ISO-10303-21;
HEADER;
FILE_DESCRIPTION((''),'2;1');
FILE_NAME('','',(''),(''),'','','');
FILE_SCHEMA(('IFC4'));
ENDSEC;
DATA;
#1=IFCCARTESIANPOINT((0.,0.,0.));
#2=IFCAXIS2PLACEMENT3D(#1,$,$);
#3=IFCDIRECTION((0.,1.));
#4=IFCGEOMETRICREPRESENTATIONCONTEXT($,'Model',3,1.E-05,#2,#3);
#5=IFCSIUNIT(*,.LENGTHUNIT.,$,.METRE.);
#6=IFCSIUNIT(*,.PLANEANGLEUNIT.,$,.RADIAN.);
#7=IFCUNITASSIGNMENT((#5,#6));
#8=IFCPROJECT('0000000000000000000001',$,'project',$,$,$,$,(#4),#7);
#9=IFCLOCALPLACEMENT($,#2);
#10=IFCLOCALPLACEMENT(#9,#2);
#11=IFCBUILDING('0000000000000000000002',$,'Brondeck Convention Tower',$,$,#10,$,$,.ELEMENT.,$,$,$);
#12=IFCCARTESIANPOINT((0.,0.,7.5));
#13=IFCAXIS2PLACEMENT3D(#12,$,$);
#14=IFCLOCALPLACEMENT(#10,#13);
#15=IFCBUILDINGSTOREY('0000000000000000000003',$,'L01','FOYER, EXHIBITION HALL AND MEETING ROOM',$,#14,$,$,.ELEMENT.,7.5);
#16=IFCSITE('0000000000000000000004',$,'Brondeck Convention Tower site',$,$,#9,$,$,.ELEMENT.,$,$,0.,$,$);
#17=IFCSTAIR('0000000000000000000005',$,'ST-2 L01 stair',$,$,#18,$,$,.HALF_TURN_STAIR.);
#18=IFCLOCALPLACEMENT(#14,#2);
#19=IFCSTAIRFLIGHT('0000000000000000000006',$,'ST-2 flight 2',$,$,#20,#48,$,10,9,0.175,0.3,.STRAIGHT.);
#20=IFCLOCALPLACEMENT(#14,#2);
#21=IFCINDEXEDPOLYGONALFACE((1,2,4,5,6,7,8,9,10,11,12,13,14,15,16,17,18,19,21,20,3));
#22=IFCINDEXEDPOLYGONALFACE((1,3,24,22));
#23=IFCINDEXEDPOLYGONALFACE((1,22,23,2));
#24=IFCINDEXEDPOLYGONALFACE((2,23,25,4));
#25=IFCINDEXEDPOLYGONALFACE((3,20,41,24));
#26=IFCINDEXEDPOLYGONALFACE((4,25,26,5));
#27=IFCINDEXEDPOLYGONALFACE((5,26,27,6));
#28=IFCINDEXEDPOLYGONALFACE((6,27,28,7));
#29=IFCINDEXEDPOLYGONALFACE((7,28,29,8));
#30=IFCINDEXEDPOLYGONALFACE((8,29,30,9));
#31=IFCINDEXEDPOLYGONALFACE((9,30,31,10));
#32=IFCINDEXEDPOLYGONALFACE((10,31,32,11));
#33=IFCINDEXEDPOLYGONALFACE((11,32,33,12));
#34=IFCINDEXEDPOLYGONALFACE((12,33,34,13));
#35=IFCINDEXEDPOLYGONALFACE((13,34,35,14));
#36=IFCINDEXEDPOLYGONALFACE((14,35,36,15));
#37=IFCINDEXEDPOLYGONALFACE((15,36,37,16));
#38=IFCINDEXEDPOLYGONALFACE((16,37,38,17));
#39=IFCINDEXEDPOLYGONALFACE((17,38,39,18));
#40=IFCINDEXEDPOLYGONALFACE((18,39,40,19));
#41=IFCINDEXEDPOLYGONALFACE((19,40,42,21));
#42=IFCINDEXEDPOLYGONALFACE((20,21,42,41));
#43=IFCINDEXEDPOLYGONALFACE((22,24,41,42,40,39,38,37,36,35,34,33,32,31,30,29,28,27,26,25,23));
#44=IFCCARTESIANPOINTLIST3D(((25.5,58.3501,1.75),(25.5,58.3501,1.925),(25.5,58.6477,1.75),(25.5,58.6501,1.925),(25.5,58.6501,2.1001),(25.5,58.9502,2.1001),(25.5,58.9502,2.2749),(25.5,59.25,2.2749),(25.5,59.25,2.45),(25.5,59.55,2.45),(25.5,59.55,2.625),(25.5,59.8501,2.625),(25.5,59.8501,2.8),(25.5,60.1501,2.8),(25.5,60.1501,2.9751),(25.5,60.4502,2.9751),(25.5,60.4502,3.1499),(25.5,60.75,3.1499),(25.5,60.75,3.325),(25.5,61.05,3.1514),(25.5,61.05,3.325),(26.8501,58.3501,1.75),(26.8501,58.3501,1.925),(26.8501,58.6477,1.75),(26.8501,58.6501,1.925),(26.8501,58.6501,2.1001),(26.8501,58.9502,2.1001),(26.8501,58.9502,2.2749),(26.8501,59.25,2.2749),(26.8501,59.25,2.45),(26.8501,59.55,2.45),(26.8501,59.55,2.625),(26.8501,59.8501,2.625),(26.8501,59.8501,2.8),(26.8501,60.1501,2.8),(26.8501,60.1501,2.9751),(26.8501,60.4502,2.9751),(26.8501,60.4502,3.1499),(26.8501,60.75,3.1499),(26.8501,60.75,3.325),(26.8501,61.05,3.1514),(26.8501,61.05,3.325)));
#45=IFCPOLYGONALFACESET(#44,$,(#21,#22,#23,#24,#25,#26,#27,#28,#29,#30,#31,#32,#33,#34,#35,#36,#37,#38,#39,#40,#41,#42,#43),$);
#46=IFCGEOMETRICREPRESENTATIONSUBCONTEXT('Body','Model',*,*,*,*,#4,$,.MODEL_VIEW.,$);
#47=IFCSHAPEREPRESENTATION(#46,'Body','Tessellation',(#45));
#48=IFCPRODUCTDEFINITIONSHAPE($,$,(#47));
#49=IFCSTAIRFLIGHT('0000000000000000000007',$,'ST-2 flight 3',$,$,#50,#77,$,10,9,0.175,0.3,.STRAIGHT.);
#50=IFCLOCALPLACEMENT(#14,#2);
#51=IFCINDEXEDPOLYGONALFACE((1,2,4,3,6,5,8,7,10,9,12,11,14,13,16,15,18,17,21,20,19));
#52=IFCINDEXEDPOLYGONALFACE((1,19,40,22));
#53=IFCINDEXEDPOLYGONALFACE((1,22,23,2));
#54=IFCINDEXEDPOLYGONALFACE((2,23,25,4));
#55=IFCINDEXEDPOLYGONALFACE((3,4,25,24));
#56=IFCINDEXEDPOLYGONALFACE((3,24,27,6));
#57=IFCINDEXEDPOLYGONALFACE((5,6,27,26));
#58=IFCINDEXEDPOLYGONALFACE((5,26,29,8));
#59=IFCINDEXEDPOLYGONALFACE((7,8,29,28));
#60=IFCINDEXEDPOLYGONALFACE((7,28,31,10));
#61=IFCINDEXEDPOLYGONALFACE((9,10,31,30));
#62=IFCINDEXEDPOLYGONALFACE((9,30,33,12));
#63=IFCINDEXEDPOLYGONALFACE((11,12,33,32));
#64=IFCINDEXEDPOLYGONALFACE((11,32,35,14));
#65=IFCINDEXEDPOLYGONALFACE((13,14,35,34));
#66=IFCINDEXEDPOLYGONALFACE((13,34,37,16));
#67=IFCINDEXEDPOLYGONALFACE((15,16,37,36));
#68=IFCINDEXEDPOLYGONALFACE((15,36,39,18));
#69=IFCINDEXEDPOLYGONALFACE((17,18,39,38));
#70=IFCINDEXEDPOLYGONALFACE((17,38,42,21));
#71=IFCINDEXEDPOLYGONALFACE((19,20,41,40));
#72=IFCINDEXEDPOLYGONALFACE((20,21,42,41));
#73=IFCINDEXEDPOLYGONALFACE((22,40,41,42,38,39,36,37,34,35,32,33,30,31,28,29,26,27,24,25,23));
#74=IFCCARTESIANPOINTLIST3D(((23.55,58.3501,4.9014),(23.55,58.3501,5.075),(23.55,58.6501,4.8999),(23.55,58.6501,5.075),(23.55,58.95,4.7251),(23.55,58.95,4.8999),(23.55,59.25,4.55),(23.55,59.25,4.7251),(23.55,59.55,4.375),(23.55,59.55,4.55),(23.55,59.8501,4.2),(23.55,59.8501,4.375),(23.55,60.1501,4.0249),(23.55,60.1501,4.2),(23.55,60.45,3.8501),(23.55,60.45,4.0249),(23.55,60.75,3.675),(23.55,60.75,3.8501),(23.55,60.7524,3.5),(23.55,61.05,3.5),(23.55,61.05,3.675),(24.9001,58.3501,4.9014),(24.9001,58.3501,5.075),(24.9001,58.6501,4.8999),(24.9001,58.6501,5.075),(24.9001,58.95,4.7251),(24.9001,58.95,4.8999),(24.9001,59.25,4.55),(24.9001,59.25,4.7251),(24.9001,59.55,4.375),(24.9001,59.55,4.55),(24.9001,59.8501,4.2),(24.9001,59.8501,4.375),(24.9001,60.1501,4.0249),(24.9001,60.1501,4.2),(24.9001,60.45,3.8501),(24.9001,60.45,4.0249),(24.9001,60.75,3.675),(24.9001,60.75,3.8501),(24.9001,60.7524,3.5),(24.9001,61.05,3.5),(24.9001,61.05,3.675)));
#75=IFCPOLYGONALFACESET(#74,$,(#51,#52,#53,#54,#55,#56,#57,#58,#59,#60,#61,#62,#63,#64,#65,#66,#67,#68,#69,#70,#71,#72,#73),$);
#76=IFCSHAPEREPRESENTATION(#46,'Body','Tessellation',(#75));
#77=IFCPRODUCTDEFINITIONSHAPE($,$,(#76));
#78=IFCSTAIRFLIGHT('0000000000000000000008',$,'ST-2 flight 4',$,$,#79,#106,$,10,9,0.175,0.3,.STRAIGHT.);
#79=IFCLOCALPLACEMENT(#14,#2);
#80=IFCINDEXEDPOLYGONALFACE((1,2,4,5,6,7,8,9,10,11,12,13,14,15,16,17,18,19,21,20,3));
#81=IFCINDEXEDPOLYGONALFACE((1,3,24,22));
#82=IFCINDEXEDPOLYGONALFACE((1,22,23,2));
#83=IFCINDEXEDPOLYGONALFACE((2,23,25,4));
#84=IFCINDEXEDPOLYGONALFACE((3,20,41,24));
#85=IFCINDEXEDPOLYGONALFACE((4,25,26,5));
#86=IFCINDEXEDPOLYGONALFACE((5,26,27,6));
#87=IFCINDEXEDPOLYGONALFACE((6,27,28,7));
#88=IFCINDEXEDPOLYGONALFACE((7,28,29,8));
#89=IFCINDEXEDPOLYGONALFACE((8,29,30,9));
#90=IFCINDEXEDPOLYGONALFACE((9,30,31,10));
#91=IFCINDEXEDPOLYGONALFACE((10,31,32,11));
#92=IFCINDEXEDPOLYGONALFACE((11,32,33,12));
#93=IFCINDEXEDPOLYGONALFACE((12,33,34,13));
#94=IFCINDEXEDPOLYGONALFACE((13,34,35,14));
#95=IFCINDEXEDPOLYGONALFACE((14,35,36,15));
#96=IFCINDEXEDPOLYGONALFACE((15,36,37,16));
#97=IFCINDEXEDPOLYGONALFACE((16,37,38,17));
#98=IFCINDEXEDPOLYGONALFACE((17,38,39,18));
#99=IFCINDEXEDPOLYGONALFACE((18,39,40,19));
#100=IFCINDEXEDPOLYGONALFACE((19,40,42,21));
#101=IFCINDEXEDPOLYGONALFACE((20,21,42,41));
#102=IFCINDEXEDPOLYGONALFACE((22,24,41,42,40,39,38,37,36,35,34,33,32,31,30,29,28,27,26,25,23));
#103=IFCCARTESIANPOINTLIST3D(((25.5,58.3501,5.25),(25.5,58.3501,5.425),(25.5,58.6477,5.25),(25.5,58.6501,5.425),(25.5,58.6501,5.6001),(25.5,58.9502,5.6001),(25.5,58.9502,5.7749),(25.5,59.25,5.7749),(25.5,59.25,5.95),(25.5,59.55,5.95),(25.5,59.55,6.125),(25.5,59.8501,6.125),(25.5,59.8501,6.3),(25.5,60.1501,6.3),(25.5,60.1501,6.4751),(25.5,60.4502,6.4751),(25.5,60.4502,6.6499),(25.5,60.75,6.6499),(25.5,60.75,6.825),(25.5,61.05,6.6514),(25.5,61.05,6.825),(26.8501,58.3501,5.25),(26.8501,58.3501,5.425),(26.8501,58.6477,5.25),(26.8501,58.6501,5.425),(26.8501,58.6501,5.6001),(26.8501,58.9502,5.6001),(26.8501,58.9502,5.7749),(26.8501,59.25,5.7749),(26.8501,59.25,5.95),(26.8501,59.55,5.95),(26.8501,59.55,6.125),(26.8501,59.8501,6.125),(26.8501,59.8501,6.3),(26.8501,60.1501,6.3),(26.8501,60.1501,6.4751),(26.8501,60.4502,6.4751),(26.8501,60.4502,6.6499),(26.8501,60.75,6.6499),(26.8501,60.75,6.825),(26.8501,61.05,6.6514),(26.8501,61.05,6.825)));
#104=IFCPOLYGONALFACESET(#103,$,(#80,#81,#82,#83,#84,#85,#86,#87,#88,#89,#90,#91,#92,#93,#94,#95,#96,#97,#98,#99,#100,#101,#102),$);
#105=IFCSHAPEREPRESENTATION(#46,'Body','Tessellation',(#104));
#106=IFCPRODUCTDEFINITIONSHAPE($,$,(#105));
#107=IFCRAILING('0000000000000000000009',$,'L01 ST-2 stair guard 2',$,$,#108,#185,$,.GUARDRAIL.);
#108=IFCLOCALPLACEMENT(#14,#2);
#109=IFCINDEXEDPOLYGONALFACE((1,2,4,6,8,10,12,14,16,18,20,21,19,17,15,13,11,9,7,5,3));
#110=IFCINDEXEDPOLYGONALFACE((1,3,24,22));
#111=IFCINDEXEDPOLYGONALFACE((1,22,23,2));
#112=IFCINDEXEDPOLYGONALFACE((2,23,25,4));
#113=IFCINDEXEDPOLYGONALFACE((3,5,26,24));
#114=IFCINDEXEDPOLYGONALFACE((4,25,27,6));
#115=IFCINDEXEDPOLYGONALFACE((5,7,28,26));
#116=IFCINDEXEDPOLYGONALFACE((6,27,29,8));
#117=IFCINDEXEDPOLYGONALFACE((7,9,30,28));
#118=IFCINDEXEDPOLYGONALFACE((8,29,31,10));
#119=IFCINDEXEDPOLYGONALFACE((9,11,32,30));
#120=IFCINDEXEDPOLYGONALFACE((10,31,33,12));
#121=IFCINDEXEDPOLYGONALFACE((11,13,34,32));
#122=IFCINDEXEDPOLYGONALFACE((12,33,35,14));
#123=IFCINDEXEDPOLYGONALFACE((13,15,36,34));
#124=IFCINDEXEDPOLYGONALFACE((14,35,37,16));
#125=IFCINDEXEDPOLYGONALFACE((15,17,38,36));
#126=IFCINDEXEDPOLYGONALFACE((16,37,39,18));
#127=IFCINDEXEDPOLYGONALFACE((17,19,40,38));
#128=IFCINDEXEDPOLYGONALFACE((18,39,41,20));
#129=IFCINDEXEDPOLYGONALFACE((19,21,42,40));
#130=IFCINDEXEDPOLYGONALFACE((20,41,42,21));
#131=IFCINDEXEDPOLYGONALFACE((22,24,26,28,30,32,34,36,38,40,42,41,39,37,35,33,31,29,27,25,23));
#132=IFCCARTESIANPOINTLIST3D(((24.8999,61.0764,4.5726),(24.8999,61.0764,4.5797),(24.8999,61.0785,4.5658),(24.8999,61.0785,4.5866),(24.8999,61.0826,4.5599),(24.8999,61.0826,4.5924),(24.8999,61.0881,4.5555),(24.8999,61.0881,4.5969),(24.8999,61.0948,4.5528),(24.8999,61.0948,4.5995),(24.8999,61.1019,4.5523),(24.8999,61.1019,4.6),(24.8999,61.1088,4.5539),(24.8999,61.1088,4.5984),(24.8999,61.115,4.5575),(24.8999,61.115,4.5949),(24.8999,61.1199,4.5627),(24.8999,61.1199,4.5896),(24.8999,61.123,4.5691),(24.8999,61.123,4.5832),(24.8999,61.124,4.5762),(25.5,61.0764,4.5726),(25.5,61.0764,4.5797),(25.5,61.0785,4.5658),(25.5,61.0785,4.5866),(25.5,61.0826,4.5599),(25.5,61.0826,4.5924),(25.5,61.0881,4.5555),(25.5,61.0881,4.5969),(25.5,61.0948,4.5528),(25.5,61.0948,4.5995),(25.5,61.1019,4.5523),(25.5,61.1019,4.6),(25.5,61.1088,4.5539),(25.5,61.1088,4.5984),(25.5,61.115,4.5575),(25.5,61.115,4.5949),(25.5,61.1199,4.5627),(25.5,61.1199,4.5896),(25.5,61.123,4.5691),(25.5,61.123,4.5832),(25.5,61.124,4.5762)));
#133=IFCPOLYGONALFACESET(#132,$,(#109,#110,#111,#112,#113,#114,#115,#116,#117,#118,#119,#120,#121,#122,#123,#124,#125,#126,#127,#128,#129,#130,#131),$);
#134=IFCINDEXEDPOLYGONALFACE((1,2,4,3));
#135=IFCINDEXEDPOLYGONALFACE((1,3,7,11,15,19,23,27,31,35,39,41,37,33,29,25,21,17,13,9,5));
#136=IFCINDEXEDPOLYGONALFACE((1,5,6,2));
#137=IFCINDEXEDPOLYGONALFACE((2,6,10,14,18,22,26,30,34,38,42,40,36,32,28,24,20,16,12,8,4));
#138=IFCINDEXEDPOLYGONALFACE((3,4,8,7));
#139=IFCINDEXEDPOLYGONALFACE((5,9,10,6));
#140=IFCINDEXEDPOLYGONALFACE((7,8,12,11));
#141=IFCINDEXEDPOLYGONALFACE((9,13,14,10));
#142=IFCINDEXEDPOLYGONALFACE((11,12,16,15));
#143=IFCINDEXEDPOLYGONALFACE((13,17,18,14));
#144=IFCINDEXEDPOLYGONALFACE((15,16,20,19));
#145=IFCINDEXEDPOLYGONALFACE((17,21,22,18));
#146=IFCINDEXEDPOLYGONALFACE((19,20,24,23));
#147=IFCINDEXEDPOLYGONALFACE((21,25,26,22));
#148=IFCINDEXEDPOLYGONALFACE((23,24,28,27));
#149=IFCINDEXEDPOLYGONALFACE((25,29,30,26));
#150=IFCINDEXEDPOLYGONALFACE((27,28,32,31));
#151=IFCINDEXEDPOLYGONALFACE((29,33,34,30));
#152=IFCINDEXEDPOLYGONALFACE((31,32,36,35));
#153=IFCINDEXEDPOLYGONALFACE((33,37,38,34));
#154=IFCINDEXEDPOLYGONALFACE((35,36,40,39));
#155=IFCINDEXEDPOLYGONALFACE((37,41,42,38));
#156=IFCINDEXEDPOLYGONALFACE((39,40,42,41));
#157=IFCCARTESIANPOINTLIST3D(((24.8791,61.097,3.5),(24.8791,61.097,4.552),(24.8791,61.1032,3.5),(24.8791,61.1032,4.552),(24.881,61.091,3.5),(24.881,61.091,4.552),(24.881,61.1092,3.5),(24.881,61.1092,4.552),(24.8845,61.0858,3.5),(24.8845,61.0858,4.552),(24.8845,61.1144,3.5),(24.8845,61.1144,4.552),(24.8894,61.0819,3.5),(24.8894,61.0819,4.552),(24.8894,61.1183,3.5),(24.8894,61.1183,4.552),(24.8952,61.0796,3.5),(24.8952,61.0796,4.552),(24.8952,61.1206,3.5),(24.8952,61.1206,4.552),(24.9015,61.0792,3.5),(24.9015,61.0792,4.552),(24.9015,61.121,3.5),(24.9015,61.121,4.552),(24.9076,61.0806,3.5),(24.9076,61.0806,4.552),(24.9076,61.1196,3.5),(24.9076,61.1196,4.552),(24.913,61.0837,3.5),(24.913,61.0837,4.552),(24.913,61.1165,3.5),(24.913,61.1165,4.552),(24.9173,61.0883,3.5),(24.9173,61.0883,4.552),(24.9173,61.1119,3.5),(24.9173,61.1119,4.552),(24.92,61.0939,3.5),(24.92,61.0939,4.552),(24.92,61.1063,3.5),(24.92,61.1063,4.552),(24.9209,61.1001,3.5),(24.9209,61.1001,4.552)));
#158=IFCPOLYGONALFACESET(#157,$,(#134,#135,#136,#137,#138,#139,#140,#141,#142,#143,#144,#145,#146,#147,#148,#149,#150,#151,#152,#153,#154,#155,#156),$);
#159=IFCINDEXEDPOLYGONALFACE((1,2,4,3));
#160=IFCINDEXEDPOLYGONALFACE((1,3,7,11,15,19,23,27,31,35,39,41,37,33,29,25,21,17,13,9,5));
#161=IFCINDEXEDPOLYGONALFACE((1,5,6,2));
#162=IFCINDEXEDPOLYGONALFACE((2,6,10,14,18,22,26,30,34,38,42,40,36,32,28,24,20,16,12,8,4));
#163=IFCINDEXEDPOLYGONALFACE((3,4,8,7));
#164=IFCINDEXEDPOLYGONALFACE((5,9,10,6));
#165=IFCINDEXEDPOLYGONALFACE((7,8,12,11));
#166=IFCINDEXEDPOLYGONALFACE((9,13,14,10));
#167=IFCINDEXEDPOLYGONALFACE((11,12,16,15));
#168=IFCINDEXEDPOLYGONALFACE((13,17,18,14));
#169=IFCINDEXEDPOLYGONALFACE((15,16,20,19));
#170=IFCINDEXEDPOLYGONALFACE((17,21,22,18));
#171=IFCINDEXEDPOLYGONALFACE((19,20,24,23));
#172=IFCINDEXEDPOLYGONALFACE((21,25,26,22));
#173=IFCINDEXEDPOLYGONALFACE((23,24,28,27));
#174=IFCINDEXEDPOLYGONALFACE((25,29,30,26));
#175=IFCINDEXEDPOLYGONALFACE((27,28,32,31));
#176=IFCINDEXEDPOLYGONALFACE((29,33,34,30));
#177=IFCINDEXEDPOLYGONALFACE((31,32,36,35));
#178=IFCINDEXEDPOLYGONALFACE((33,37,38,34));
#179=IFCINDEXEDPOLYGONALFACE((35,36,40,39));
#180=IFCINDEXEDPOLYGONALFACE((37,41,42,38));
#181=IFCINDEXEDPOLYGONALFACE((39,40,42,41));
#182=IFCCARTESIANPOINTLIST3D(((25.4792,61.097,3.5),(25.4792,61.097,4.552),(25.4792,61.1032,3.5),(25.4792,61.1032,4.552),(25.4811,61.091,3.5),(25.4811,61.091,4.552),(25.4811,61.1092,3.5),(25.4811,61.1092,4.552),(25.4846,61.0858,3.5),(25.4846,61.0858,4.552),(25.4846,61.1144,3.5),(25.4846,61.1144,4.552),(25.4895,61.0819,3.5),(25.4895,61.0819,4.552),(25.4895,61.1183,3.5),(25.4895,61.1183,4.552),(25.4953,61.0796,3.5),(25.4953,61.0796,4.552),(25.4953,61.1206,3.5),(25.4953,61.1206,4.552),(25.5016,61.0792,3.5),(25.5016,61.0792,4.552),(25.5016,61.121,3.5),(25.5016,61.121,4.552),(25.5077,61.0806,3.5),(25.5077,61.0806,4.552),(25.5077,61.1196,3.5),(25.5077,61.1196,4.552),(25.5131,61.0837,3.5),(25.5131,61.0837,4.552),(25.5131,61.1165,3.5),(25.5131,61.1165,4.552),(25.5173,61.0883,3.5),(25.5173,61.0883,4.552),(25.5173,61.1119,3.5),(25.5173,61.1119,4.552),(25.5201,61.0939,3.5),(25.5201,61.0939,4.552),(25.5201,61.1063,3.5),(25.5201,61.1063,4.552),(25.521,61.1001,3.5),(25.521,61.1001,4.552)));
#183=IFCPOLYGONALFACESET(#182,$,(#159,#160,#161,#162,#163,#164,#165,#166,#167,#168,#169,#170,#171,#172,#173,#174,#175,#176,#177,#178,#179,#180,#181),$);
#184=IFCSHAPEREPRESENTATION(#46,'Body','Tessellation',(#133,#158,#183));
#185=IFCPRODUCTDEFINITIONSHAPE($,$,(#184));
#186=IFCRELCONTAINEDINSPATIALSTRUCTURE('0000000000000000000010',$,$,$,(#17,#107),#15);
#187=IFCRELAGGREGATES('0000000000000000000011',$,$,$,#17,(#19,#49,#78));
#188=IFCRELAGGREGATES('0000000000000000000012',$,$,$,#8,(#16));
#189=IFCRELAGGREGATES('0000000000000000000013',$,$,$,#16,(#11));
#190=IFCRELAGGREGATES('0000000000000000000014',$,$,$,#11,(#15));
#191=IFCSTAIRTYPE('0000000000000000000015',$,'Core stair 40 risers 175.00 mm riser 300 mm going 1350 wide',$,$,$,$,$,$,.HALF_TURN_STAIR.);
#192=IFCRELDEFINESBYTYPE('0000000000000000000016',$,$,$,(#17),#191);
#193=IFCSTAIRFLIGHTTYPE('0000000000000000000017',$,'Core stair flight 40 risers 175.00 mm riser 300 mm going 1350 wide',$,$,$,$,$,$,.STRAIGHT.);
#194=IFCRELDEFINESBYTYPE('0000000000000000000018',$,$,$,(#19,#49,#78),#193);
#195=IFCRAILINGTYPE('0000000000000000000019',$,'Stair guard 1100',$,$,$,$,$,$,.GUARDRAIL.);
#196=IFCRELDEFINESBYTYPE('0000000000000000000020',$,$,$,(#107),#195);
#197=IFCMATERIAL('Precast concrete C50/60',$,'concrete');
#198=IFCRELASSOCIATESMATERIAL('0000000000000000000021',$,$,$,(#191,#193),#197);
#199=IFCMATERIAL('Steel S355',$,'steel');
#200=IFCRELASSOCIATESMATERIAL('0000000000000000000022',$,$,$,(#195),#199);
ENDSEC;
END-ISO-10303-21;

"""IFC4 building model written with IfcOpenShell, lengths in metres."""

from ifc_helpers import new_model, si_unit, direction, frame, origin, origin_2d, place, context, subcontext, project, spatial, polyline, circle, outline, extrude, material, type_object, element, aggregate, save


model = new_model("IFC4")

# Units and contexts
model_context = context("Model", 3, precision=1e-05, world=origin(), true_north=direction((0.0, 1.0)))
body_context = subcontext(model_context, "Body", "Model", "MODEL_VIEW")
ifc_project = project(units=[si_unit("LENGTHUNIT", "METRE"), si_unit("PLANEANGLEUNIT", "RADIAN")], contexts=[model_context])

# Site, building, storey
site_placement = place(None, origin())
site = spatial("IfcSite", under=ifc_project, at=site_placement, Name="Brondeck Convention Tower site", CompositionType="ELEMENT", RefElevation=0.0)
building_placement = place(site_placement, origin())
building = spatial("IfcBuilding", under=site, at=building_placement, Name="Brondeck Convention Tower", CompositionType="ELEMENT")
storey_placement = place(building_placement, frame((0.0, 0.0, 7.5)))
storey = spatial("IfcBuildingStorey", under=building, at=storey_placement, Name="L01", Description="FOYER, EXHIBITION HALL AND MEETING ROOM", CompositionType="ELEMENT", Elevation=7.5)

# Shared definitions
ifc_material_1 = material(Name="Steel S355", Category="steel")

# Stair, stair flights
ifc_material_2 = material(Name="Precast concrete C50/60", Category="concrete")
stair_type = type_object("IfcStairType", Name="Core stair 40 risers 175.00 mm riser 300 mm going 1350 wide", PredefinedType="HALF_TURN_STAIR", material=ifc_material_2)
stair_placement = place(storey_placement, origin())
stair = element("IfcStair", 1, at=stair_placement, inside=storey, type_object=stair_type, Name="ST-2 L01 stair", PredefinedType="HALF_TURN_STAIR")
stair_flight_type = type_object("IfcStairFlightType", Name="Core stair flight 40 risers 175.00 mm riser 300 mm going 1350 wide", PredefinedType="STRAIGHT", material=ifc_material_2)
stair_flight_1_placement = place(storey_placement, frame((26.175, 58.3501, 1.75), z_axis=(0.0, 0.0, 1.0), x_axis=(0.0, 1.0, 0.0)))
stair_flight_1 = element("IfcStairFlight", 2, at=stair_flight_1_placement, type_object=stair_flight_type, Name="ST-2 flight 2", NumberOfRisers=10, NumberOfTreads=9, PredefinedType="STRAIGHT", RiserHeight=0.175, TreadLength=0.3, context=body_context, shape_type="SweptSolid", body=[
    extrude(outline(polyline([(0.0, 0.0), (0.0, 0.175), (0.3, 0.175), (0.3, 0.3501), (0.6001, 0.3501), (0.6001, 0.5249), (0.8999, 0.5249), (0.8999, 0.7), (1.2, 0.7), (1.2, 0.875), (1.5, 0.875), (1.5, 1.05), (1.8, 1.05), (1.8, 1.2251), (2.1001, 1.2251), (2.1001, 1.3999), (2.3999, 1.3999), (2.3999, 1.575), (2.7, 1.575), (2.7, 1.75), (2.7, 1.4014), (0.2976, 0.0), (0.0, 0.0)])), frame((0.0, 0.675, 0.0), z_axis=(0.0, -1.0, 0.0), x_axis=(1.0, 0.0, 0.0)), (0.0, 0.0, 1.0), 1.3501),
])
stair_flight_2_placement = place(storey_placement, frame((24.2251, 61.05, 3.5), z_axis=(0.0, 0.0, 1.0), x_axis=(0.0, -1.0, 0.0)))
stair_flight_2 = element("IfcStairFlight", 3, at=stair_flight_2_placement, type_object=stair_flight_type, Name="ST-2 flight 3", NumberOfRisers=10, NumberOfTreads=9, PredefinedType="STRAIGHT", RiserHeight=0.175, TreadLength=0.3, context=body_context, shape_type="SweptSolid", body=[
    extrude(outline(polyline([(0.0, 0.0), (0.0, 0.175), (0.3, 0.175), (0.3, 0.3501), (0.6001, 0.3501), (0.6001, 0.5249), (0.8999, 0.5249), (0.8999, 0.7), (1.2, 0.7), (1.2, 0.875), (1.5, 0.875), (1.5, 1.05), (1.8, 1.05), (1.8, 1.2251), (2.1001, 1.2251), (2.1001, 1.3999), (2.3999, 1.3999), (2.3999, 1.575), (2.7, 1.575), (2.7, 1.75), (2.7, 1.4014), (0.2976, 0.0), (0.0, 0.0)])), frame((0.0, 0.675, 0.0), z_axis=(0.0, -1.0, 0.0), x_axis=(1.0, 0.0, 0.0)), (0.0, 0.0, 1.0), 1.3501),
])
stair_flight_3_placement = place(storey_placement, frame((26.175, 58.3501, 5.25), z_axis=(0.0, 0.0, 1.0), x_axis=(0.0, 1.0, 0.0)))
stair_flight_3 = element("IfcStairFlight", 4, at=stair_flight_3_placement, type_object=stair_flight_type, Name="ST-2 flight 4", NumberOfRisers=10, NumberOfTreads=9, PredefinedType="STRAIGHT", RiserHeight=0.175, TreadLength=0.3, context=body_context, shape_type="SweptSolid", body=[
    extrude(outline(polyline([(0.0, 0.0), (0.0, 0.175), (0.3, 0.175), (0.3, 0.3501), (0.6001, 0.3501), (0.6001, 0.5249), (0.8999, 0.5249), (0.8999, 0.7), (1.2, 0.7), (1.2, 0.875), (1.5, 0.875), (1.5, 1.05), (1.8, 1.05), (1.8, 1.2251), (2.1001, 1.2251), (2.1001, 1.3999), (2.3999, 1.3999), (2.3999, 1.575), (2.7, 1.575), (2.7, 1.75), (2.7, 1.4014), (0.2976, 0.0), (0.0, 0.0)])), frame((0.0, 0.675, 0.0), z_axis=(0.0, -1.0, 0.0), x_axis=(1.0, 0.0, 0.0)), (0.0, 0.0, 1.0), 1.3501),
])
aggregate(stair, [stair_flight_1, stair_flight_2, stair_flight_3])

# Railing
railing_type_1 = type_object("IfcRailingType", Name="Stair guard 1100", PredefinedType="GUARDRAIL", material=ifc_material_1)
railing_1_placement = place(storey_placement, frame((24.8999, 61.1001, 3.5)))
element("IfcRailing", 5, at=railing_1_placement, inside=storey, type_object=railing_type_1, Name="L01 ST-2 stair guard 2", PredefinedType="GUARDRAIL", context=body_context, shape_type="SweptSolid", body=[
    extrude(circle(Radius=0.0239, at=origin_2d()), frame((0.0, 0.0, 1.0762), z_axis=(1.0, 0.0, 0.0), x_axis=(0.0, 1.0, 0.0)), (0.0, 0.0, 1.0), 0.6001),
    extrude(circle(Radius=0.021, at=origin_2d()), origin(), (0.0, 0.0, 1.0), 1.052),
    extrude(circle(Radius=0.021, at=origin_2d()), frame((0.6001, 0.0, 0.0)), (0.0, 0.0, 1.0), 1.052),
])

save(model, "model.ifc")
